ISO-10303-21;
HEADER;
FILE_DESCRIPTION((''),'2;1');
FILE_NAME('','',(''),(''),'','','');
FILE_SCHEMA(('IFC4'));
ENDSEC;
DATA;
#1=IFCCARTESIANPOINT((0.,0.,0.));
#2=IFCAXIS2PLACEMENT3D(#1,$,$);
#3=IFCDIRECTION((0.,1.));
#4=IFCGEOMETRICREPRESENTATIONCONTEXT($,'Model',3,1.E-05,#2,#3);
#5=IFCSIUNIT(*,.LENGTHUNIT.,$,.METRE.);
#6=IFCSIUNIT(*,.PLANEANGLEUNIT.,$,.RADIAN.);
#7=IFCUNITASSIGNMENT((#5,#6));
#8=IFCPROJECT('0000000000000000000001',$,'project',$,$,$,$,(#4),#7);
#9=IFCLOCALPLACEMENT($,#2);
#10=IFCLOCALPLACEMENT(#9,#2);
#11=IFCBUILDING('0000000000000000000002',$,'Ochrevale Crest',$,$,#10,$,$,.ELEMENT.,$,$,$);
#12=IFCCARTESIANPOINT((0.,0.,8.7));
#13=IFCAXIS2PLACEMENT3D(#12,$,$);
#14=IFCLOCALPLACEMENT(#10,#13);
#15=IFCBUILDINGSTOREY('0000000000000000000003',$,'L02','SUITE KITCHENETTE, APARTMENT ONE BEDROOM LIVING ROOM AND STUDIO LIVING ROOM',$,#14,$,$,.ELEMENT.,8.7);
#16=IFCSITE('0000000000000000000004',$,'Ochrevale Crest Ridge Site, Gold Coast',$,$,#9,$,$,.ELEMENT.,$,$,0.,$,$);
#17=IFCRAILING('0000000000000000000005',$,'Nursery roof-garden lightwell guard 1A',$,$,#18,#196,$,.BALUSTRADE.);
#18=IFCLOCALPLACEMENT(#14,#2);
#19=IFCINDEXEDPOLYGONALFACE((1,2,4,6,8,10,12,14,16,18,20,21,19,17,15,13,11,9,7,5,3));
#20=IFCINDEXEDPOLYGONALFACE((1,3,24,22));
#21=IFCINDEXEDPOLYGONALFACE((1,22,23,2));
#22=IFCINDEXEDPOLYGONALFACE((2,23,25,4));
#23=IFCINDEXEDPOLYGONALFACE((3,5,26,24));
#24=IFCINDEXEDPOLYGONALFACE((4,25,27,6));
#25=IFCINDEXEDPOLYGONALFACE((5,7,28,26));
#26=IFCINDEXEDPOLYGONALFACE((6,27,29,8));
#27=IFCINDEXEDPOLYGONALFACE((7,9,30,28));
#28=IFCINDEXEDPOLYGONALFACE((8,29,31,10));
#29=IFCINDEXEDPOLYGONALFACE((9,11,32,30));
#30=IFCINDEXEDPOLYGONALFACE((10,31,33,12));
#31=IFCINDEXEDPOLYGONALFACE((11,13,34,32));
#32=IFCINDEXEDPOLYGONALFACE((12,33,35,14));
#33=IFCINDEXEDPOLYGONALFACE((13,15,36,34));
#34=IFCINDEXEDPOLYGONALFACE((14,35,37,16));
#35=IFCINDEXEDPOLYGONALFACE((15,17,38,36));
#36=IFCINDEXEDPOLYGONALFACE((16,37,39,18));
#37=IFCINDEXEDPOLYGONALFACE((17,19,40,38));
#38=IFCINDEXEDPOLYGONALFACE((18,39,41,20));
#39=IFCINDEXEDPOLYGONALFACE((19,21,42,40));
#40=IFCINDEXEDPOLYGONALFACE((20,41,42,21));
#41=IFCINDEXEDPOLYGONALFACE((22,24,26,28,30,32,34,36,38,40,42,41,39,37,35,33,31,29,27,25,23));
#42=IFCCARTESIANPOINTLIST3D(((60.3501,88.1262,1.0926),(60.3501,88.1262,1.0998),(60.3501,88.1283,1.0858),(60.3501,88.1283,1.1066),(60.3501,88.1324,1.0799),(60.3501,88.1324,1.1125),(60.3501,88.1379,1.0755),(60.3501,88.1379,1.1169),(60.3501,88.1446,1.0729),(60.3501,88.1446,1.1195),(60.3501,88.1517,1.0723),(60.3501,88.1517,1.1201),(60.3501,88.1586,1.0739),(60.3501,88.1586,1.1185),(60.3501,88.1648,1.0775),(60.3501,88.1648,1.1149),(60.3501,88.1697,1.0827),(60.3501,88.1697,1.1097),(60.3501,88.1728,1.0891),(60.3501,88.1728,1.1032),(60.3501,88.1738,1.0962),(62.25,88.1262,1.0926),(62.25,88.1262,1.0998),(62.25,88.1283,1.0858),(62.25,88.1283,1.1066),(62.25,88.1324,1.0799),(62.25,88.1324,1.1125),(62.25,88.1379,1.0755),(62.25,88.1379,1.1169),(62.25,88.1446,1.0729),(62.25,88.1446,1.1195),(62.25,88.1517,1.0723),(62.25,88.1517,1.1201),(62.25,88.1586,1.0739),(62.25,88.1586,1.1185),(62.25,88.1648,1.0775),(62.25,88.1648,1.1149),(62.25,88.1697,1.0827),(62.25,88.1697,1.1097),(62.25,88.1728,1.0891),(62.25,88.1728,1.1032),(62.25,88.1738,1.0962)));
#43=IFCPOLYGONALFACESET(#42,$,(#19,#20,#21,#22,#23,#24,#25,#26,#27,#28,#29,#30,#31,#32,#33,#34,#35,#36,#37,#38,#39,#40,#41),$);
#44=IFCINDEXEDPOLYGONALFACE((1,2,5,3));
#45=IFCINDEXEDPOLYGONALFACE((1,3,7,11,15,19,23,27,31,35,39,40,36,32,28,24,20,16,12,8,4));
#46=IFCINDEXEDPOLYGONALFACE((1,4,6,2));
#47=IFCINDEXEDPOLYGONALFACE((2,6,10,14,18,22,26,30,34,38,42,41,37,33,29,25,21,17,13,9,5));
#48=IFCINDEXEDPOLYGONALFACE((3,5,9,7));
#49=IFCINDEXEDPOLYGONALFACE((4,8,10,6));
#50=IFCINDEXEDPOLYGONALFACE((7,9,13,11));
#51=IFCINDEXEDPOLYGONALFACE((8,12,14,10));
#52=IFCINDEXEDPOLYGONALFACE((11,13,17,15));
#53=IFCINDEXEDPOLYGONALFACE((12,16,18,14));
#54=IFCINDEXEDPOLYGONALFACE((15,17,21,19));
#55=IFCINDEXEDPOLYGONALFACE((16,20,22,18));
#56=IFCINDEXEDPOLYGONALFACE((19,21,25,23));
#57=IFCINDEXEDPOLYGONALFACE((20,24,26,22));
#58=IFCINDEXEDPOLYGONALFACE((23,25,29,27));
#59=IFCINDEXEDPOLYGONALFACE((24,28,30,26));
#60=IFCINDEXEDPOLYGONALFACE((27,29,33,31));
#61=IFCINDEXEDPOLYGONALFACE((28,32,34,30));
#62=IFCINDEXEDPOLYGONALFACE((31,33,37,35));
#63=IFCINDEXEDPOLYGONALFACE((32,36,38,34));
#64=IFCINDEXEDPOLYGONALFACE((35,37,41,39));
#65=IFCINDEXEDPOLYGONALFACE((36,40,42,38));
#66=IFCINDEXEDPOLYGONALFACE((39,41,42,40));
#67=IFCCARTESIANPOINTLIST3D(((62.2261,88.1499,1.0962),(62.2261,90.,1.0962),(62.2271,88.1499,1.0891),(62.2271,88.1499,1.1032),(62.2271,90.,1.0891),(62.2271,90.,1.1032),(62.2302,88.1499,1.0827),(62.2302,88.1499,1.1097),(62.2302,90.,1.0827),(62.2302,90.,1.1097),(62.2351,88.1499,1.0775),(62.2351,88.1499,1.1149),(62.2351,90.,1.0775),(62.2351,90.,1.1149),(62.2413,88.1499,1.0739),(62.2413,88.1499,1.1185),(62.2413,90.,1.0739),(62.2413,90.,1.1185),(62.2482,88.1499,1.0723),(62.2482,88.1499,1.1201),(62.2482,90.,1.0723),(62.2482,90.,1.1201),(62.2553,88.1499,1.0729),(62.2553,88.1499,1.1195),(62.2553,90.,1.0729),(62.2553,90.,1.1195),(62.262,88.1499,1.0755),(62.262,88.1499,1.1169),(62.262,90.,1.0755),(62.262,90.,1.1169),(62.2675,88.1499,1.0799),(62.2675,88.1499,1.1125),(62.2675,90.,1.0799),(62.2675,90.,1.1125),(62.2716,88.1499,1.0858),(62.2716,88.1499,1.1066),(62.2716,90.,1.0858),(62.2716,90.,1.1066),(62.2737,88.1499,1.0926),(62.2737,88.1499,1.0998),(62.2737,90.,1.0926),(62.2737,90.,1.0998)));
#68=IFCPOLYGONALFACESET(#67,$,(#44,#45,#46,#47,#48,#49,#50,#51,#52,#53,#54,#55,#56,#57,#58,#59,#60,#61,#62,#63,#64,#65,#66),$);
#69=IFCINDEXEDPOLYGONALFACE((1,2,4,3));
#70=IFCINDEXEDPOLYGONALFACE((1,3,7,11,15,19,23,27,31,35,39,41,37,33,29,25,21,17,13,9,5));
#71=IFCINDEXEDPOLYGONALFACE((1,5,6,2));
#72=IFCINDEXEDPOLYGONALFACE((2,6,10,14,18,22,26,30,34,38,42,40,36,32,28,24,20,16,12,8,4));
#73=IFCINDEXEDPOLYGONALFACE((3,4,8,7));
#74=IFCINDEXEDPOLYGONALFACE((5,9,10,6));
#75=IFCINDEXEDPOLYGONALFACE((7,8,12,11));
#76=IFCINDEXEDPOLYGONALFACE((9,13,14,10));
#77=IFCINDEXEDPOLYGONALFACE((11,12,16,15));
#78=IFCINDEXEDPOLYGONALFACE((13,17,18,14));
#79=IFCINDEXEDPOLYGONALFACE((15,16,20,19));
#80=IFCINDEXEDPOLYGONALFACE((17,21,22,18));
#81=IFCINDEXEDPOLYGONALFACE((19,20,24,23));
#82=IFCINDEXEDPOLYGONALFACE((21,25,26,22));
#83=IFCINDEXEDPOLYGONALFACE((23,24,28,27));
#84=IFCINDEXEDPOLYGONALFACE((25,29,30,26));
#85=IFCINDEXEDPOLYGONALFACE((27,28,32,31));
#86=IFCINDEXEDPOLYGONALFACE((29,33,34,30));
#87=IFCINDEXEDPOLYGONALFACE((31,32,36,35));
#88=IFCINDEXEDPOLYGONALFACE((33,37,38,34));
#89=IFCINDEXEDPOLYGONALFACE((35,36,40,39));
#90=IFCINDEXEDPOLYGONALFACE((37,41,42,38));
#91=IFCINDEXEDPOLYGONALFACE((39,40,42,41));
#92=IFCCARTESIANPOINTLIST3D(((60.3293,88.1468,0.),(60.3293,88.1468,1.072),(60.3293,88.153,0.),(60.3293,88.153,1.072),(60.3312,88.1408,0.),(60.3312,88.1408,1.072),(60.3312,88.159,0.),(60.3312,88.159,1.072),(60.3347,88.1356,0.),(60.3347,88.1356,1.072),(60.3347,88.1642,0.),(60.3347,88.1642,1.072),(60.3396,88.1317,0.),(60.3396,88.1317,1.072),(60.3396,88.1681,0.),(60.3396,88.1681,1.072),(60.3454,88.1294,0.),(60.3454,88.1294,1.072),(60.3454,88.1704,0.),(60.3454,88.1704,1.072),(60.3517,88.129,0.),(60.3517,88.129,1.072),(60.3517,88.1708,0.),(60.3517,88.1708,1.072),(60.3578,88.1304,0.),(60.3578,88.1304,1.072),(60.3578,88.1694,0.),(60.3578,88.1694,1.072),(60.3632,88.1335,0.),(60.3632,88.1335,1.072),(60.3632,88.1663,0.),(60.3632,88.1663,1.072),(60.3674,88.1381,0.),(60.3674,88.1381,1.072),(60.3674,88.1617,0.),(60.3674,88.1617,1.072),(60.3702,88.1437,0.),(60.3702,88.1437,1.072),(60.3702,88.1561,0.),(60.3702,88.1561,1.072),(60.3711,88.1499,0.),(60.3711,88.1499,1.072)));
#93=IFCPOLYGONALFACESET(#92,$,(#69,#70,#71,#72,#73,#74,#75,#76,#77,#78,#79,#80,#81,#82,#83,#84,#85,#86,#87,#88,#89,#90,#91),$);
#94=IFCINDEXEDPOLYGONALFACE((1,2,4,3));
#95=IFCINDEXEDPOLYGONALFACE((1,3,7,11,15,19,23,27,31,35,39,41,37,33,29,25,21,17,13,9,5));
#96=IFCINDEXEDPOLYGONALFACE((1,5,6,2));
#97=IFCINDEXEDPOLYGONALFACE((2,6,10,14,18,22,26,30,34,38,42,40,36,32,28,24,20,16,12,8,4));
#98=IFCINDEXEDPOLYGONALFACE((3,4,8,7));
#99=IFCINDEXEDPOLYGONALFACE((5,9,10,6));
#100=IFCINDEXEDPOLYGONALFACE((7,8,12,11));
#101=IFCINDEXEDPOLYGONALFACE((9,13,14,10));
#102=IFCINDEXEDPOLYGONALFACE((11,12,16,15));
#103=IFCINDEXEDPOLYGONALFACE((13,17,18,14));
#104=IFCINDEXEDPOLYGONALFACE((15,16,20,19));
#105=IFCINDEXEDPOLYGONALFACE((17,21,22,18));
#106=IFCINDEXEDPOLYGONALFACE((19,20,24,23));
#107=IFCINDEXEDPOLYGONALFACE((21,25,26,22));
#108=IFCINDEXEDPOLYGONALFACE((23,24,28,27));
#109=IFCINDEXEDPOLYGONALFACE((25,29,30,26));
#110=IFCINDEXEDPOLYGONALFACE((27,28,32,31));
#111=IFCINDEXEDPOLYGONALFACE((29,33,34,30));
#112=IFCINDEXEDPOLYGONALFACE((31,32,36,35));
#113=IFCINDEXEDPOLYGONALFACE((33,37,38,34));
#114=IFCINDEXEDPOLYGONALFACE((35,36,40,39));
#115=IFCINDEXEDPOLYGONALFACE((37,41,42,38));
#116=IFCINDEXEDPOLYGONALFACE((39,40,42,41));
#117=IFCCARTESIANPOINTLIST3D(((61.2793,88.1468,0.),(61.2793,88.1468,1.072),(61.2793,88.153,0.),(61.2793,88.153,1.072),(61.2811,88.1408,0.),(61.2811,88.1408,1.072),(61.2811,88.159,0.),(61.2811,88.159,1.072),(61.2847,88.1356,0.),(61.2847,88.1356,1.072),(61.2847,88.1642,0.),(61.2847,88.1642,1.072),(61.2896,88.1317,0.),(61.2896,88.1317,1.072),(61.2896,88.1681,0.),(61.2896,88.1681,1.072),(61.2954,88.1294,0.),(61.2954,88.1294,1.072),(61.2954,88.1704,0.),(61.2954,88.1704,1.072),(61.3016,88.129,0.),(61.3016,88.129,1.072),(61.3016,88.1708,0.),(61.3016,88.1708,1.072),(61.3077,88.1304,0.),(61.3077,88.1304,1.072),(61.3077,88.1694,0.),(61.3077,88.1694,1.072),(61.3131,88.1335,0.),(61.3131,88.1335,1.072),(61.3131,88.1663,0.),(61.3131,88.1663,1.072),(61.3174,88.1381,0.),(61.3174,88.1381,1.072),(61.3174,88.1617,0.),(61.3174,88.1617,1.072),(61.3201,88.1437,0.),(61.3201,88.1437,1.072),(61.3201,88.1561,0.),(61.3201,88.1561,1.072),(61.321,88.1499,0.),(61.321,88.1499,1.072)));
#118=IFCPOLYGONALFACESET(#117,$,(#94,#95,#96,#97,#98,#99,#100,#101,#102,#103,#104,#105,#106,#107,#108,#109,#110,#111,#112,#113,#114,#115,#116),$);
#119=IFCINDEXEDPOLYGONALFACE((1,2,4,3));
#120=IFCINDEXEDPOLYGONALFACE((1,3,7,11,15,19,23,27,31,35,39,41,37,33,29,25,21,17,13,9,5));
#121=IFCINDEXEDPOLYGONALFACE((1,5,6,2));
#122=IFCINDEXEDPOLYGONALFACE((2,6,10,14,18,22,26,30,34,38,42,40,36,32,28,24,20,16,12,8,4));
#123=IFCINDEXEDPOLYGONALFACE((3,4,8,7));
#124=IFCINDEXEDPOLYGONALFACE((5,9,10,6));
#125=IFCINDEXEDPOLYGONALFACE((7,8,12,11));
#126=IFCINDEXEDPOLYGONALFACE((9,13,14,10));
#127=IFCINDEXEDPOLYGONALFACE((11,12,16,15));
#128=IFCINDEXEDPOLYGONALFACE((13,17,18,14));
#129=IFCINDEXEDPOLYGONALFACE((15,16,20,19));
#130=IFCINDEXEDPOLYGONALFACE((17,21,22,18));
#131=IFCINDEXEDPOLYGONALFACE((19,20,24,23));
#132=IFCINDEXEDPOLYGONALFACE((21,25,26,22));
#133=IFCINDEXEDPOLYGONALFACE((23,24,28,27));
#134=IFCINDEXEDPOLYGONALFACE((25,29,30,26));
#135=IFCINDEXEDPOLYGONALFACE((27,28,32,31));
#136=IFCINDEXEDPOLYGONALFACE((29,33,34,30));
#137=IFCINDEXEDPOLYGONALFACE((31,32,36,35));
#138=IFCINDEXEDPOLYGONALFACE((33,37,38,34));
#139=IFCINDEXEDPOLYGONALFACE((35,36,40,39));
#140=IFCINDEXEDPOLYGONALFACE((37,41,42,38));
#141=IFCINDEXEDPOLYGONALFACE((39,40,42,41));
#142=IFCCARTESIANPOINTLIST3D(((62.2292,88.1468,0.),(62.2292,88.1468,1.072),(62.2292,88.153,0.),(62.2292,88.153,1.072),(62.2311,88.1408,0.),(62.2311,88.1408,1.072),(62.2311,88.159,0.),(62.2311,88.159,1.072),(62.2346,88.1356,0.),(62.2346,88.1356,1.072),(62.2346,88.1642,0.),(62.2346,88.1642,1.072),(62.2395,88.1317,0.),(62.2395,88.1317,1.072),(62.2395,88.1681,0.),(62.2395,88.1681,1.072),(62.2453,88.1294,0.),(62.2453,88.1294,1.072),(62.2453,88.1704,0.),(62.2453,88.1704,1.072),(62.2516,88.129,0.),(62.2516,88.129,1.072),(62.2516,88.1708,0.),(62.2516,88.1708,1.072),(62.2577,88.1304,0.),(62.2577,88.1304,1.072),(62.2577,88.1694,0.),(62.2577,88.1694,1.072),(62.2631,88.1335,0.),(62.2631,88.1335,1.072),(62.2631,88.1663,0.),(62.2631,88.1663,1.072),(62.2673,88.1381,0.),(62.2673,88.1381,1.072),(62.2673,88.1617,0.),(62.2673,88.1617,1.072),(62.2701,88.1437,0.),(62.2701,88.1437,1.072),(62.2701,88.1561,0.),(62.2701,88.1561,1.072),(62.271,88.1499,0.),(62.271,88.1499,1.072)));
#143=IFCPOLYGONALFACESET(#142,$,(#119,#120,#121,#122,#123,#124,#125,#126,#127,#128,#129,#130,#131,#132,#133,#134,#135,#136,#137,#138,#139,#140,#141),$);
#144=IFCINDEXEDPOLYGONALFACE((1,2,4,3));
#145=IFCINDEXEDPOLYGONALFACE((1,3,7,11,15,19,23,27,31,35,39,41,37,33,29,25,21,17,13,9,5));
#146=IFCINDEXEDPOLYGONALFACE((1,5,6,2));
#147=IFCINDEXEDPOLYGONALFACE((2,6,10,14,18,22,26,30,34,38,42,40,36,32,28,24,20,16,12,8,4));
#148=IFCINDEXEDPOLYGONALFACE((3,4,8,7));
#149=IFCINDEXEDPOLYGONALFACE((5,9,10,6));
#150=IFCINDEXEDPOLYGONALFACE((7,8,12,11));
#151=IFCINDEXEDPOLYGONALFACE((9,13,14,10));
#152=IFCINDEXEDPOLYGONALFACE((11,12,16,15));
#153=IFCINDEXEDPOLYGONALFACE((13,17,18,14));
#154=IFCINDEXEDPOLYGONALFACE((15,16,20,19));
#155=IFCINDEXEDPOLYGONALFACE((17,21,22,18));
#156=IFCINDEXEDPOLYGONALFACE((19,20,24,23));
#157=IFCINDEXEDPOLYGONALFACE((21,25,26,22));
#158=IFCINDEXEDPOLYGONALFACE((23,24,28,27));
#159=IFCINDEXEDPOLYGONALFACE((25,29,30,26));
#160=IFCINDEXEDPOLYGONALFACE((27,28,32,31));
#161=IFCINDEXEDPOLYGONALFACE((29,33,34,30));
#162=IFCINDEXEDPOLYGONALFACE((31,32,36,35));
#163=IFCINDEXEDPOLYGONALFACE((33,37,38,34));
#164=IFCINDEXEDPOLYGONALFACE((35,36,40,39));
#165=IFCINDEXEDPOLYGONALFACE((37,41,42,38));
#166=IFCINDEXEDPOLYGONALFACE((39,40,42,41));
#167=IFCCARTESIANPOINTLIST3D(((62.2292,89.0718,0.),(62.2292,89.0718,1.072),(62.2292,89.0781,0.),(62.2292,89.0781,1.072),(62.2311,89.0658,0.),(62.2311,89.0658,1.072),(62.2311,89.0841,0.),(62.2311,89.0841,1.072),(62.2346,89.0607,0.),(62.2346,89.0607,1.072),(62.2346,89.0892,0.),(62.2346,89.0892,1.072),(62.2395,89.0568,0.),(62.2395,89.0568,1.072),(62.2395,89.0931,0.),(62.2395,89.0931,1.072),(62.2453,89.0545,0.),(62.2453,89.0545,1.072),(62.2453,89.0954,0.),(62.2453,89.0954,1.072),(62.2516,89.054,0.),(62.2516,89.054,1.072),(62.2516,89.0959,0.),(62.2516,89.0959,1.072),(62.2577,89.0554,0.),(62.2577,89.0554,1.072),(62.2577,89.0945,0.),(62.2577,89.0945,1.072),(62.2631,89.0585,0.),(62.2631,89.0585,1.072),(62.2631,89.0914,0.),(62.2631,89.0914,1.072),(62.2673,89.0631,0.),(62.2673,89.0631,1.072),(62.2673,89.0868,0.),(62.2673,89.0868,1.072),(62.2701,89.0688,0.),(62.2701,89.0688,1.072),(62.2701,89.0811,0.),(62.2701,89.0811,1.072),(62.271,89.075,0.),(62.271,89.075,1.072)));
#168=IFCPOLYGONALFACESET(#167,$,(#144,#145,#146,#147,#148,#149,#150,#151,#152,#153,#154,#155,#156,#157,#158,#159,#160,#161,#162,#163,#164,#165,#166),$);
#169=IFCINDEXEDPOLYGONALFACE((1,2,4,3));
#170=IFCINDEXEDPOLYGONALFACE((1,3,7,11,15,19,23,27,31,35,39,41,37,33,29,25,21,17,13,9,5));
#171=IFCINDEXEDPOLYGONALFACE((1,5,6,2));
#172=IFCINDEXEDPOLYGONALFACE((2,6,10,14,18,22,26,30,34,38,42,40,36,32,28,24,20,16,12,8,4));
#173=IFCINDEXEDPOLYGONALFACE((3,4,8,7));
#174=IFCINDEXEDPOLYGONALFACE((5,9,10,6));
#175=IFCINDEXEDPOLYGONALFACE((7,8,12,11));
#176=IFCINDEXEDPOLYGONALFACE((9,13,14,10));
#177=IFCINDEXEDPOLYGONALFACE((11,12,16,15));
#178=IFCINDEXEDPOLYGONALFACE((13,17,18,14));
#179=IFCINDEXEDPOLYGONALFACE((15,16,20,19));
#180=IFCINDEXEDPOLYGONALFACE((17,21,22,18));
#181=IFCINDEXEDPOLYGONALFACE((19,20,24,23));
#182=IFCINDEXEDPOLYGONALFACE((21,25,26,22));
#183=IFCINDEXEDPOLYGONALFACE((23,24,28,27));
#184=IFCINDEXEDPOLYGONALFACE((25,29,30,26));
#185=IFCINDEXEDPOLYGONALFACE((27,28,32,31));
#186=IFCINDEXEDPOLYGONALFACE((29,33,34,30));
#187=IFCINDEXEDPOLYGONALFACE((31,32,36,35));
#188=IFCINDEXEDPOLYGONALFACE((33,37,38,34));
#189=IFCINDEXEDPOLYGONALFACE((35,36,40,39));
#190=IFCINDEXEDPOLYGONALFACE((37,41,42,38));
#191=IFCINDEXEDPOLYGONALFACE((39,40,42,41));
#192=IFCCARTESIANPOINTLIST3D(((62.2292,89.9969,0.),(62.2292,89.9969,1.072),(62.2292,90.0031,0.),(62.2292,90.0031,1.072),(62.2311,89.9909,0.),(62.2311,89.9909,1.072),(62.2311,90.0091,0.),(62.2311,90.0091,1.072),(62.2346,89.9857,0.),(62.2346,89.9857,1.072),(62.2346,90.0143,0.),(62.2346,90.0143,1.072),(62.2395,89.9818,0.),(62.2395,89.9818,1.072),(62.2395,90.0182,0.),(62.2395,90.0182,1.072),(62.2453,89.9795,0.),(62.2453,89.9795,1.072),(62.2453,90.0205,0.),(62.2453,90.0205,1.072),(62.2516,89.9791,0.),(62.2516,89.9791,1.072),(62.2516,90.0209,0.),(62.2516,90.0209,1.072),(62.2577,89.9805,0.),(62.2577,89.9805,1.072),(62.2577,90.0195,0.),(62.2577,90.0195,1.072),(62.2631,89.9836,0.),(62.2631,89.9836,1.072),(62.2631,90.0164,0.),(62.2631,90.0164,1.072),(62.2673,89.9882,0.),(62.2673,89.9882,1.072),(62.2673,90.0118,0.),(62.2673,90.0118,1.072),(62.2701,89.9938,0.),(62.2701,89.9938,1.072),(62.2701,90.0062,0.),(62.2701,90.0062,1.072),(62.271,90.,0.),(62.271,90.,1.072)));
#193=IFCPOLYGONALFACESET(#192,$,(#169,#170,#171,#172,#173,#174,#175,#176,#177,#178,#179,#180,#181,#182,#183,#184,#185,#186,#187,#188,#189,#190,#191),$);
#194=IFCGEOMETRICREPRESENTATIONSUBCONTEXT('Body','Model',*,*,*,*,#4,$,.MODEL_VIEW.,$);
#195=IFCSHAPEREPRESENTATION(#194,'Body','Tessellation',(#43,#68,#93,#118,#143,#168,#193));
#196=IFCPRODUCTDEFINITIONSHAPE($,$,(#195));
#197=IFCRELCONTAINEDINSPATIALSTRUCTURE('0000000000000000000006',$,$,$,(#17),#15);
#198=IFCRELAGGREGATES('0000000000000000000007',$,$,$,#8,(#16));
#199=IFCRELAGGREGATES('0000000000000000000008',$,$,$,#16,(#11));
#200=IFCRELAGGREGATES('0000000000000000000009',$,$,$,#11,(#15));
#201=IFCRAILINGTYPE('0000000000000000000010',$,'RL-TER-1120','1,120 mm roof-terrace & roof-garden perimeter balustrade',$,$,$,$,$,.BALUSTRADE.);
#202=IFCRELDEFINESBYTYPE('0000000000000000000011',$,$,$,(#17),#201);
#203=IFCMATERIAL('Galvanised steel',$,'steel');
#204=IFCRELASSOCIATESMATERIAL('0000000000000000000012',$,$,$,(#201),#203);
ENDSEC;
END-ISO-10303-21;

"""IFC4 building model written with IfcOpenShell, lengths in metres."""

from ifc_helpers import new_model, si_unit, direction, frame, origin, origin_2d, place, context, subcontext, project, spatial, circle, extrude, material, type_object, element, save


model = new_model("IFC4")

# Units and contexts
model_context = context("Model", 3, precision=1e-05, world=origin(), true_north=direction((0.0, 1.0)))
body_context = subcontext(model_context, "Body", "Model", "MODEL_VIEW")
ifc_project = project(units=[si_unit("LENGTHUNIT", "METRE"), si_unit("PLANEANGLEUNIT", "RADIAN")], contexts=[model_context])

# Site, building, storey
site_placement = place(None, origin())
site = spatial("IfcSite", under=ifc_project, at=site_placement, Name="Ochrevale Crest Ridge Site, Gold Coast", CompositionType="ELEMENT", RefElevation=0.0)
building_placement = place(site_placement, origin())
building = spatial("IfcBuilding", under=site, at=building_placement, Name="Ochrevale Crest", CompositionType="ELEMENT")
storey_placement = place(building_placement, frame((0.0, 0.0, 8.7)))
storey = spatial("IfcBuildingStorey", under=building, at=storey_placement, Name="L02", Description="SUITE KITCHENETTE, APARTMENT ONE BEDROOM LIVING ROOM AND STUDIO LIVING ROOM", CompositionType="ELEMENT", Elevation=8.7)

# Railing
ifc_material_1 = material(Name="Galvanised steel", Category="steel")
railing_type = type_object("IfcRailingType", Name="RL-TER-1120", Description="1,120 mm roof-terrace & roof-garden perimeter balustrade", PredefinedType="BALUSTRADE", material=ifc_material_1)
railing_1_placement = place(storey_placement, frame((60.3501, 88.1499, 0.0)))
element("IfcRailing", 1, at=railing_1_placement, inside=storey, type_object=railing_type, Name="Nursery roof-garden lightwell guard 1A", PredefinedType="BALUSTRADE", context=body_context, shape_type="SweptSolid", body=[
    extrude(circle(Radius=0.0239, at=origin_2d()), frame((0.0, 0.0, 1.0962), z_axis=(1.0, 0.0, 0.0), x_axis=(0.0, 1.0, 0.0)), (0.0, 0.0, 1.0), 1.8999),
    extrude(circle(Radius=0.0239, at=origin_2d()), frame((1.8999, 0.0, 1.0962), z_axis=(0.0, 1.0, 0.0), x_axis=(-1.0, 0.0, 0.0)), (0.0, 0.0, 1.0), 1.8501),
    extrude(circle(Radius=0.021, at=origin_2d()), origin(), (0.0, 0.0, 1.0), 1.072),
    extrude(circle(Radius=0.021, at=origin_2d()), frame((0.95, 0.0, 0.0)), (0.0, 0.0, 1.0), 1.072),
    extrude(circle(Radius=0.021, at=origin_2d()), frame((1.8999, 0.0, 0.0)), (0.0, 0.0, 1.0), 1.072),
    extrude(circle(Radius=0.021, at=origin_2d()), frame((1.8999, 0.925, 0.0)), (0.0, 0.0, 1.0), 1.072),
    extrude(circle(Radius=0.021, at=origin_2d()), frame((1.8999, 1.8501, 0.0)), (0.0, 0.0, 1.0), 1.072),
])

save(model, "model.ifc")
